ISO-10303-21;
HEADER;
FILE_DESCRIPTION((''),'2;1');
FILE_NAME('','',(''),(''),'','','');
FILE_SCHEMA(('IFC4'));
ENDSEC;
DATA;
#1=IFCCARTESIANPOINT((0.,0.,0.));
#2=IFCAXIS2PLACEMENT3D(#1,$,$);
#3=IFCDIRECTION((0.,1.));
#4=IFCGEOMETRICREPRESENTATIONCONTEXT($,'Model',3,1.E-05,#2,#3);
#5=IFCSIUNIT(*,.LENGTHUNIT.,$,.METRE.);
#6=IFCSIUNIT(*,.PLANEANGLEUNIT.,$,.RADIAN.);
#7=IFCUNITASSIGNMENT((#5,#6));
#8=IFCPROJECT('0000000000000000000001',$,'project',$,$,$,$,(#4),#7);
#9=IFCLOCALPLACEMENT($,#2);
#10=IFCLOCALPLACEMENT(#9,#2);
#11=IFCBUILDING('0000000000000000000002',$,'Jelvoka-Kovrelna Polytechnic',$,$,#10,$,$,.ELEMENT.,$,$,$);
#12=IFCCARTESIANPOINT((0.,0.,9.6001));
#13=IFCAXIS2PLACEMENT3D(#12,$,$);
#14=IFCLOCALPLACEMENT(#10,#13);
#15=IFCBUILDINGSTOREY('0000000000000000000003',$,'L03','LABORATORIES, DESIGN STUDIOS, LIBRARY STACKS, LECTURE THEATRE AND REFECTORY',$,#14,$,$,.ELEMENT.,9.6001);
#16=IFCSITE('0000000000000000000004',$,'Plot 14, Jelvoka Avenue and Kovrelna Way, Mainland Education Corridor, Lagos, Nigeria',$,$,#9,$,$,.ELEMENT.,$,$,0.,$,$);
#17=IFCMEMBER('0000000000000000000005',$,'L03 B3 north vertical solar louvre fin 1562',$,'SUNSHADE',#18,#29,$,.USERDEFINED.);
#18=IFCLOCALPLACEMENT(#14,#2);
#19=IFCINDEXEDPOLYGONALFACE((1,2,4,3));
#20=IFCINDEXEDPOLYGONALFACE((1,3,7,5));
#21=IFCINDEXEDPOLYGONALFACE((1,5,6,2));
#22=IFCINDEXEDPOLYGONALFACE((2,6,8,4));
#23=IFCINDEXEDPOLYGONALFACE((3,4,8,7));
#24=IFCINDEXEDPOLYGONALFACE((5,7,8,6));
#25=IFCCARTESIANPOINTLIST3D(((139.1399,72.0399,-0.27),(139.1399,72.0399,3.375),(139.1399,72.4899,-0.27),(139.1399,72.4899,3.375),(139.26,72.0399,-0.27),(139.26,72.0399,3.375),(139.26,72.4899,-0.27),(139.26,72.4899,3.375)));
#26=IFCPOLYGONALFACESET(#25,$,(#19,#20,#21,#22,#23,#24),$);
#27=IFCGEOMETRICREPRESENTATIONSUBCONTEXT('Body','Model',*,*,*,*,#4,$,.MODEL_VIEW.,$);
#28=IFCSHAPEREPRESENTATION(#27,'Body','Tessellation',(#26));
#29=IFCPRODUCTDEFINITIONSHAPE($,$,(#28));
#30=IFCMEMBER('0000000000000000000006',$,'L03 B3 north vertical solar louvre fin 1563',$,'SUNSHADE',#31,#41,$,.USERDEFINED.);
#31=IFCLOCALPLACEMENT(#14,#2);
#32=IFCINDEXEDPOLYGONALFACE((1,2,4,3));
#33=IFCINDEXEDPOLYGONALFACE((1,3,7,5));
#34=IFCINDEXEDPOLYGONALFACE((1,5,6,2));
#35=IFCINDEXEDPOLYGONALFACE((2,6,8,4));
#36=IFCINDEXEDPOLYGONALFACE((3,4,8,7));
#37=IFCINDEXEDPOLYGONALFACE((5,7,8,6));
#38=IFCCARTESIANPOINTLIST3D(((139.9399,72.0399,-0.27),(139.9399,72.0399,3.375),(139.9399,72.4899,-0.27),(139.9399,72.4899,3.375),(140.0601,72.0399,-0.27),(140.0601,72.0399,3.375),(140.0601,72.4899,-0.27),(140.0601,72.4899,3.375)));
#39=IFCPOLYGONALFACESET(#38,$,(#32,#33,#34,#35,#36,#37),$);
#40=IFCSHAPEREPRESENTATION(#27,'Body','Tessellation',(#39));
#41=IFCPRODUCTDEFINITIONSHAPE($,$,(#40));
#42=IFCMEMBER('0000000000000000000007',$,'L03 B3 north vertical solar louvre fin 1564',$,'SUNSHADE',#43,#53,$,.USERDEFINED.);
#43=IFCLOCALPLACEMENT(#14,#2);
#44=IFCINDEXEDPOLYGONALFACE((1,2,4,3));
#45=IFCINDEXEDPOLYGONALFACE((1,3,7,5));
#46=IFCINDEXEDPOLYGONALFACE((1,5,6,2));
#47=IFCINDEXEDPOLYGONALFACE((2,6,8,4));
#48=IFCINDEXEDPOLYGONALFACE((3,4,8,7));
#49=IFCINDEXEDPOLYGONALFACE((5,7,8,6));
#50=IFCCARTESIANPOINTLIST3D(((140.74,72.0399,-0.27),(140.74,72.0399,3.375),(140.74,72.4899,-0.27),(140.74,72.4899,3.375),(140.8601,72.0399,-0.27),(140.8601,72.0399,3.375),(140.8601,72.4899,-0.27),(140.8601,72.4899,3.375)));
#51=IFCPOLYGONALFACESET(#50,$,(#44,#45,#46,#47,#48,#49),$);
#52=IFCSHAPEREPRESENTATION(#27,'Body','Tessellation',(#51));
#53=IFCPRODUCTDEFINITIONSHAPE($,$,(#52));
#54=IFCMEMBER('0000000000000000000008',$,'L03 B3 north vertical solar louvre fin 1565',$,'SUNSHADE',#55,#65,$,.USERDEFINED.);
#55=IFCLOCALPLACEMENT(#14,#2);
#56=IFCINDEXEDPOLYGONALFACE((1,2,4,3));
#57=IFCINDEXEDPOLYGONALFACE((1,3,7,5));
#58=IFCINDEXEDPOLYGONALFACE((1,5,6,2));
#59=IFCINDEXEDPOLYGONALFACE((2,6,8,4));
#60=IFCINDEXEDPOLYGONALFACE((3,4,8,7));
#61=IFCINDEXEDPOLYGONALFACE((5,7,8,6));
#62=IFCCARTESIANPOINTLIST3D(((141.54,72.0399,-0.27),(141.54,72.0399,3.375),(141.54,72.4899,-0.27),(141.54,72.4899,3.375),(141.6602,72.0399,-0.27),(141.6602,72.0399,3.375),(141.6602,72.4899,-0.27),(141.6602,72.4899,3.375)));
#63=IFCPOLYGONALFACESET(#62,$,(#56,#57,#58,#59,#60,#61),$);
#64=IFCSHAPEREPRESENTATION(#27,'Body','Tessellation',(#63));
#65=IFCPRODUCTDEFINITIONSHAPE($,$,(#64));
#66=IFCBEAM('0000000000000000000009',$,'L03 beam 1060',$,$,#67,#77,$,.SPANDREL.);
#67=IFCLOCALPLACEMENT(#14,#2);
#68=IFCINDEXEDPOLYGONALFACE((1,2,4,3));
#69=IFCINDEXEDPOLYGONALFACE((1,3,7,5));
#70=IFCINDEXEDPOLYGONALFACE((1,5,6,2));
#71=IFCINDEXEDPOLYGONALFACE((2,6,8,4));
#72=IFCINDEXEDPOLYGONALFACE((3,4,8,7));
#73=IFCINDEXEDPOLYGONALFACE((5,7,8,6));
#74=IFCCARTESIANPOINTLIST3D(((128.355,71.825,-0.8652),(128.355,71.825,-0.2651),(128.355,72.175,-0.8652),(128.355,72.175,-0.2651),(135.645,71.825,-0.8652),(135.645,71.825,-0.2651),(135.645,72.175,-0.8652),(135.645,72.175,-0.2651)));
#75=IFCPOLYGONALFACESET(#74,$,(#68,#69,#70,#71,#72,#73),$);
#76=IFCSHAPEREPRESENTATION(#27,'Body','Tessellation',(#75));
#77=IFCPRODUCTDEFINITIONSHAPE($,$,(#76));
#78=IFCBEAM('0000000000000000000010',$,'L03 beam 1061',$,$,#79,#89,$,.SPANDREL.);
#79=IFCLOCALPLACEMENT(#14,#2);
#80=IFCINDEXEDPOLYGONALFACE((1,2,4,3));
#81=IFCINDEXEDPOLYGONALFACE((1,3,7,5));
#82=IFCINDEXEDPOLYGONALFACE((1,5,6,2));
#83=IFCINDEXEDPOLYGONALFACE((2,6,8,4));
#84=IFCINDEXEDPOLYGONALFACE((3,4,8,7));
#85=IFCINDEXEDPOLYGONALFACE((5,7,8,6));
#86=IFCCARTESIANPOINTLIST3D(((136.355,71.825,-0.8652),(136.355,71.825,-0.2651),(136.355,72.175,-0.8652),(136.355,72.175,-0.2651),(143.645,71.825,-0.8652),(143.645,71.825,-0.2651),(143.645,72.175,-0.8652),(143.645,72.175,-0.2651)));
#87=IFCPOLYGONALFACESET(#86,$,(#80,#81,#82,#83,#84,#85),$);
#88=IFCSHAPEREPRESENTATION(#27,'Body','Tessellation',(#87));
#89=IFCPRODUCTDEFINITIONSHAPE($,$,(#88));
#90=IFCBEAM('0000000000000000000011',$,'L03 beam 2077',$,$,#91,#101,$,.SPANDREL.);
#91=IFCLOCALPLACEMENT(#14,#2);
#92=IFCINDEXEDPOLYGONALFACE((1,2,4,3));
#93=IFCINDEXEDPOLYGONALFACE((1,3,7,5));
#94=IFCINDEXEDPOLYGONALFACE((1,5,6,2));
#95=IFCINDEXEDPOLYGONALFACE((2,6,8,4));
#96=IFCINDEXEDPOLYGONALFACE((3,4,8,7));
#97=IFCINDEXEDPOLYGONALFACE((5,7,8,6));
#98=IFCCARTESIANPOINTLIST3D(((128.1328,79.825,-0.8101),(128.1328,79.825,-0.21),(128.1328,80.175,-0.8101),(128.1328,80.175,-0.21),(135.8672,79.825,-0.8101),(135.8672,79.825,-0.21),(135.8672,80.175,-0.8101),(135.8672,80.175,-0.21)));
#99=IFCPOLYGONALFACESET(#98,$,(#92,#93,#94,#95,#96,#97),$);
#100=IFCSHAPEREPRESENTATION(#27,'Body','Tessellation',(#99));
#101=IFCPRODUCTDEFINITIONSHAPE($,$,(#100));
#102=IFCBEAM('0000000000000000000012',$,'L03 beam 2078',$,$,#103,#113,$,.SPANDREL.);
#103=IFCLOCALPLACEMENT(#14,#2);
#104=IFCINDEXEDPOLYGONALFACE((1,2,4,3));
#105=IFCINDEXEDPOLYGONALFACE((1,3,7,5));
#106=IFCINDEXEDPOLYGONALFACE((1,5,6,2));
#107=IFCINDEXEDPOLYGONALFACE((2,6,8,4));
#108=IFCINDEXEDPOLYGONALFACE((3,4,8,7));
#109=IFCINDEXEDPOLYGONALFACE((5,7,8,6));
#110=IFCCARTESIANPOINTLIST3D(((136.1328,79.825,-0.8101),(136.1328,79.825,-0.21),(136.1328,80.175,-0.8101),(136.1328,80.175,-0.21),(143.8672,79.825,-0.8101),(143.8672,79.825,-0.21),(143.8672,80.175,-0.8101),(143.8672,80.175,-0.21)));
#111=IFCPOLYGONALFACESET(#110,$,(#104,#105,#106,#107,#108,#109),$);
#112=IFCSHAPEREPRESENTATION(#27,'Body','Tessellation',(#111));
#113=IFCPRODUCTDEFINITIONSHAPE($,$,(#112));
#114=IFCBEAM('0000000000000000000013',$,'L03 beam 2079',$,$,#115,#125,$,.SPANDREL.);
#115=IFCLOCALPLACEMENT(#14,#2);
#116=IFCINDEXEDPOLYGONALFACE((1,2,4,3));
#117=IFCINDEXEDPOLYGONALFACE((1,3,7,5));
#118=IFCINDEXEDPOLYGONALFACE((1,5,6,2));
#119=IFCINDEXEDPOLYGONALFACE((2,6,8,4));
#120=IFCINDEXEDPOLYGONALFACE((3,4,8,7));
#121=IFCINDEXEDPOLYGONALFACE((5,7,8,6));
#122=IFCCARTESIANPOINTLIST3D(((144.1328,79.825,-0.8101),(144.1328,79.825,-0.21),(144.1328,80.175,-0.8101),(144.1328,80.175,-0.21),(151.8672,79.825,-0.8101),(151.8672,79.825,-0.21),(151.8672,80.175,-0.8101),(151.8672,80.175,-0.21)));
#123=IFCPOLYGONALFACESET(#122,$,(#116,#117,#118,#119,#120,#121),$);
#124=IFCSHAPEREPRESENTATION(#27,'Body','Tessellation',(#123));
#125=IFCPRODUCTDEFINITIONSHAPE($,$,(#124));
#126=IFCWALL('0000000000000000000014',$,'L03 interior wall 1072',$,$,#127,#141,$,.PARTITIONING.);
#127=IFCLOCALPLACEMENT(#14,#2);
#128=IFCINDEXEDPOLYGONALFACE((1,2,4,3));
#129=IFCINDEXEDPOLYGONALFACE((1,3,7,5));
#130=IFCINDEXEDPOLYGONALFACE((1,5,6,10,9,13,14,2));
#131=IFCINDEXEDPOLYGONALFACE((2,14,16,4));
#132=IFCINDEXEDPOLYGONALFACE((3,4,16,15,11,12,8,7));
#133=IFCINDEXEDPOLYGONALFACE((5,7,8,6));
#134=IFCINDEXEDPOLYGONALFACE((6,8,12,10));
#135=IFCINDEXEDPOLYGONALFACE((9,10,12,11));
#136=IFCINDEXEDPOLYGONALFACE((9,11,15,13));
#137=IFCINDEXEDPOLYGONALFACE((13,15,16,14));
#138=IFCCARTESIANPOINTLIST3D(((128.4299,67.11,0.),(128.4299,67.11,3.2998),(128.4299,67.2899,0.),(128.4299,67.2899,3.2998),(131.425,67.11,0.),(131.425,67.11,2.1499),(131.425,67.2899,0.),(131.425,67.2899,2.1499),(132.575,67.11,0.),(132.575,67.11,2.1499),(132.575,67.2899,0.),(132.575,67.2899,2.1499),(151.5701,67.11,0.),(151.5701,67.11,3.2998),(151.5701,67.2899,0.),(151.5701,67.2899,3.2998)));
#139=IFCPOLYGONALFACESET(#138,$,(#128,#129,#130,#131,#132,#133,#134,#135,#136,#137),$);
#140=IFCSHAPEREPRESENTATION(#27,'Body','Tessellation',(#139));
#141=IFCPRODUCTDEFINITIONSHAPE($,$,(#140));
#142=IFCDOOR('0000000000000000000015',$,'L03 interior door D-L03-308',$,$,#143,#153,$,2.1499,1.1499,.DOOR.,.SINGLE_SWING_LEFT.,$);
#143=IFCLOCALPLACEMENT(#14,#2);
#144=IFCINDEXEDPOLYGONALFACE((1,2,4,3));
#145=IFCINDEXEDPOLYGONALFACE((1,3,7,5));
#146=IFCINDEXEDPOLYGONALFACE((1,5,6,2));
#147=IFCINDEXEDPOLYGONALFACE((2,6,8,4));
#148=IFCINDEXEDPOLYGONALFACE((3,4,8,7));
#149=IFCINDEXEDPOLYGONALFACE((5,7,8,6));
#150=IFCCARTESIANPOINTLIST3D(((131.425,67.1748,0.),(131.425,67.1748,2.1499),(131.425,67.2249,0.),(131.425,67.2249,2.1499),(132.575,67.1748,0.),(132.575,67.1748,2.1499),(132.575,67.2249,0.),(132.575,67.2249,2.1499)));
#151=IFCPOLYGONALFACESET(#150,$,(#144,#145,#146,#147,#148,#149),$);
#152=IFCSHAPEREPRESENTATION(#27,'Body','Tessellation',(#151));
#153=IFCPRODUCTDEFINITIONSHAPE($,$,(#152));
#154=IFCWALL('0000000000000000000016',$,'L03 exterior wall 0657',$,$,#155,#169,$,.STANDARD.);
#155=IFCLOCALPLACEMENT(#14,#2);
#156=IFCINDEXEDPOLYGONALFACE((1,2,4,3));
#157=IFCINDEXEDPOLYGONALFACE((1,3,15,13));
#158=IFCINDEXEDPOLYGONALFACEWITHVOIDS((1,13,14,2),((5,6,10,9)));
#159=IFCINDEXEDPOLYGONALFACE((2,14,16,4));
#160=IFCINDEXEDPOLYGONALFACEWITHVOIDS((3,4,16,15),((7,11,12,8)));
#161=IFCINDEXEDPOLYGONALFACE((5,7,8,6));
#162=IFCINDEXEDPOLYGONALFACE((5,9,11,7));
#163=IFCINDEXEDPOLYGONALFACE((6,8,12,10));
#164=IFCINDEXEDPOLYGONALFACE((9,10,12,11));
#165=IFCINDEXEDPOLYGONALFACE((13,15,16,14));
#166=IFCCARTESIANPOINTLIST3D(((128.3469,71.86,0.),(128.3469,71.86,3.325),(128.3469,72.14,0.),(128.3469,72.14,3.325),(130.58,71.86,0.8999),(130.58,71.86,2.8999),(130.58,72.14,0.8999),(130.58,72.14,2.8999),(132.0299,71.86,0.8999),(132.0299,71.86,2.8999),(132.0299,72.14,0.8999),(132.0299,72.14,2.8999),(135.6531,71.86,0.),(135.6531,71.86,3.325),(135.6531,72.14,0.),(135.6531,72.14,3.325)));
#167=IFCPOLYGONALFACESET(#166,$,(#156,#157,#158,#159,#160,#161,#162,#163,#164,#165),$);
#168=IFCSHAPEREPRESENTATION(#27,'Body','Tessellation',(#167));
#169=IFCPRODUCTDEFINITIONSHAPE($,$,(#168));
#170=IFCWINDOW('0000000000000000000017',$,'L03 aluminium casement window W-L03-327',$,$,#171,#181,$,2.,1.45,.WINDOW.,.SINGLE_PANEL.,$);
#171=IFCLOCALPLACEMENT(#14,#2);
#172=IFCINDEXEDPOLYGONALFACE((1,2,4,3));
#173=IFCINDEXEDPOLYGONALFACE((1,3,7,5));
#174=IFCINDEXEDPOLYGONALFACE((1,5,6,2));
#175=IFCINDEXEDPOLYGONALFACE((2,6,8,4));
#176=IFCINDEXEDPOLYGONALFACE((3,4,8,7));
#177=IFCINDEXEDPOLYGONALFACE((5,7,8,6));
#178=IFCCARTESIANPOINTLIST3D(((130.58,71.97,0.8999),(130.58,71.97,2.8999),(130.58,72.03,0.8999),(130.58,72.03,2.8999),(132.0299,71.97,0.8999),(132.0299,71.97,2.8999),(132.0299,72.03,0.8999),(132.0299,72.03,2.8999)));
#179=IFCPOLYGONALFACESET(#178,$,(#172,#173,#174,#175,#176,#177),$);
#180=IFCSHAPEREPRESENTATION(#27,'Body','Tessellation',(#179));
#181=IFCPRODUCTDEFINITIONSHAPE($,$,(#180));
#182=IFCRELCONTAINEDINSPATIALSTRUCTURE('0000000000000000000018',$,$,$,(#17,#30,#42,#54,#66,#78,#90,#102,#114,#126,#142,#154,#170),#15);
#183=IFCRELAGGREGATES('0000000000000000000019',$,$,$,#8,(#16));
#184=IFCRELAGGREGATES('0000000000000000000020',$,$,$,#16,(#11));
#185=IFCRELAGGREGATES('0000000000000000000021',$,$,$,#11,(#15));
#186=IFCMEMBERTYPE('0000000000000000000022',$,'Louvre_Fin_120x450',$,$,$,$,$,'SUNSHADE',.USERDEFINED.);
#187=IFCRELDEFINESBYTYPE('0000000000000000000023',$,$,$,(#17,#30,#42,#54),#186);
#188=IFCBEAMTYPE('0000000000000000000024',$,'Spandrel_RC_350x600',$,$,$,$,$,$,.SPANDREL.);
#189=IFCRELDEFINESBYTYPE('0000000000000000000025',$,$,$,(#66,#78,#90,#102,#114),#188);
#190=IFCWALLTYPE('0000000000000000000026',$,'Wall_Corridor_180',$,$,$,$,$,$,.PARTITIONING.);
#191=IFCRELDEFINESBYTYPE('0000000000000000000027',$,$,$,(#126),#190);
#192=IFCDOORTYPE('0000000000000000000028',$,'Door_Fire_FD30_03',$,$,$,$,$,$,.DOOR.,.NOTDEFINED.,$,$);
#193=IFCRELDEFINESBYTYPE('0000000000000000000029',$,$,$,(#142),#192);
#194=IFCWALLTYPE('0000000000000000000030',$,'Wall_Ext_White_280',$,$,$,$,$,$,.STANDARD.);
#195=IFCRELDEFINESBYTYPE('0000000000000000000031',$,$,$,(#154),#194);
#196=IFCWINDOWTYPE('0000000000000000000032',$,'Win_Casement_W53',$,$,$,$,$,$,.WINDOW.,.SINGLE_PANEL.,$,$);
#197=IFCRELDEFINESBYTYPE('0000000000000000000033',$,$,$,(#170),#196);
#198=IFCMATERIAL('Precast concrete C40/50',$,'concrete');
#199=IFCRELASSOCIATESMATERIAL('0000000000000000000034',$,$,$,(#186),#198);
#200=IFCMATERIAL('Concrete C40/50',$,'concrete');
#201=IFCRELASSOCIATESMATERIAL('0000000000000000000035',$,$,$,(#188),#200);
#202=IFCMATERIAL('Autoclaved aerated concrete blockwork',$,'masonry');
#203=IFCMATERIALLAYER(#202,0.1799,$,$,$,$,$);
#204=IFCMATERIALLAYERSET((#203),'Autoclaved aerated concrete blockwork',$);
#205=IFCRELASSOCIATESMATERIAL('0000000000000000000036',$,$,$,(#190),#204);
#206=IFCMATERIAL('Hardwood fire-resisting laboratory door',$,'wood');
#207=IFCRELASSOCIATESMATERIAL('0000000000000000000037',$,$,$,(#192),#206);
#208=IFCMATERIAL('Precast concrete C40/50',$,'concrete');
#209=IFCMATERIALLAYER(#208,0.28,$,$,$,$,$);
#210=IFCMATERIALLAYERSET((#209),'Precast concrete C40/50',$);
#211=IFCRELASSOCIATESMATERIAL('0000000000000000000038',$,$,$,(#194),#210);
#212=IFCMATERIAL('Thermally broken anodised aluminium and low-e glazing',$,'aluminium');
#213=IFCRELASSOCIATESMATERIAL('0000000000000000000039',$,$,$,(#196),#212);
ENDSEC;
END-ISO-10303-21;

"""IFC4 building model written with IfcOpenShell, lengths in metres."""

from ifc_helpers import new_model, si_unit, direction, frame, frame_2d, origin, origin_2d, place, context, subcontext, project, spatial, rectangle, extrude, material, layer, layer_set, material_profile, profile_set, type_object, element, fill, save


model = new_model("IFC4")

# Units and contexts
model_context = context("Model", 3, precision=1e-05, world=origin(), true_north=direction((0.0, 1.0)))
body_context = subcontext(model_context, "Body", "Model", "MODEL_VIEW")
ifc_project = project(units=[si_unit("LENGTHUNIT", "METRE"), si_unit("PLANEANGLEUNIT", "RADIAN")], contexts=[model_context])

# Site, building, storey
site_placement = place(None, origin())
site = spatial("IfcSite", under=ifc_project, at=site_placement, Name="Plot 14, Jelvoka Avenue and Kovrelna Way, Mainland Education Corridor, Lagos, Nigeria", CompositionType="ELEMENT", RefElevation=0.0)
building_placement = place(site_placement, origin())
building = spatial("IfcBuilding", under=site, at=building_placement, Name="Jelvoka-Kovrelna Polytechnic", CompositionType="ELEMENT")
storey_placement = place(building_placement, frame((0.0, 0.0, 9.6001)))
storey = spatial("IfcBuildingStorey", under=building, at=storey_placement, Name="L03", Description="LABORATORIES, DESIGN STUDIOS, LIBRARY STACKS, LECTURE THEATRE AND REFECTORY", CompositionType="ELEMENT", Elevation=9.6001)

# Members
ifc_material_1 = material(Name="Precast concrete C40/50", Category="concrete")
ifc_material_profile_1 = material_profile(ifc_material_1, rectangle(XDim=0.1201, YDim=0.45, at=origin_2d()), Name="PC 120x450")
ifc_profile_set_1 = profile_set([ifc_material_profile_1], Name="Precast concrete C40/50")
member_type = type_object("IfcMemberType", Name="Louvre_Fin_120x450", ElementType="SUNSHADE", PredefinedType="USERDEFINED", material=ifc_profile_set_1)
for number, where, z_axis, x_axis, name in (
    (1, (139.2, 72.2649, -0.27), (0.0, 0.0, 1.0), (1.0, 0.0, 0.0), "L03 B3 north vertical solar louvre fin 1562"),
    (2, (140.0, 72.2649, -0.27), (0.0, 0.0, 1.0), (1.0, 0.0, 0.0), "L03 B3 north vertical solar louvre fin 1563"),
    (3, (140.8, 72.2649, -0.27), (0.0, 0.0, 1.0), (1.0, 0.0, 0.0), "L03 B3 north vertical solar louvre fin 1564"),
    (4, (141.6001, 72.2649, -0.27), (0.0, 0.0, 1.0), (1.0, 0.0, 0.0), "L03 B3 north vertical solar louvre fin 1565"),
):
    element("IfcMember", number, at=place(storey_placement, frame(where, z_axis=z_axis, x_axis=x_axis)), inside=storey, type_object=member_type, Name=name, ObjectType="SUNSHADE", PredefinedType="USERDEFINED", context=body_context, shape_type="SweptSolid", body=[
        extrude(rectangle(XDim=0.1201, YDim=0.45, at=origin_2d()), origin(), (0.0, 0.0, 1.0), 3.645),
    ])

# Beams
ifc_material_2 = material(Name="Concrete C40/50", Category="concrete")
ifc_material_profile_2 = material_profile(ifc_material_2, rectangle(XDim=0.3501, YDim=0.6001, at=origin_2d()), Name="RC 350x600")
ifc_profile_set_2 = profile_set([ifc_material_profile_2], Name="Concrete C40/50")
beam_type_1 = type_object("IfcBeamType", Name="Spandrel_RC_350x600", PredefinedType="SPANDREL", material=ifc_profile_set_2)
for number, where, z_axis, x_axis, name in (
    (5, (128.355, 72.0, -0.5652), (1.0, 0.0, 0.0), (0.0, 1.0, 0.0), "L03 beam 1060"),
    (6, (136.355, 72.0, -0.5652), (1.0, 0.0, 0.0), (0.0, 1.0, 0.0), "L03 beam 1061"),
):
    element("IfcBeam", number, at=place(storey_placement, frame(where, z_axis=z_axis, x_axis=x_axis)), inside=storey, type_object=beam_type_1, Name=name, PredefinedType="SPANDREL", context=body_context, shape_type="SweptSolid", body=[
        extrude(rectangle(XDim=0.3501, YDim=0.6001, at=origin_2d()), origin(), (0.0, 0.0, 1.0), 7.29),
    ])
for number, where, z_axis, x_axis, name in (
    (7, (128.1328, 80.0, -0.51), (1.0, 0.0, 0.0), (0.0, 1.0, 0.0), "L03 beam 2077"),
    (8, (136.1328, 80.0, -0.51), (1.0, 0.0, 0.0), (0.0, 1.0, 0.0), "L03 beam 2078"),
    (9, (144.1328, 80.0, -0.51), (1.0, 0.0, 0.0), (0.0, 1.0, 0.0), "L03 beam 2079"),
):
    element("IfcBeam", number, at=place(storey_placement, frame(where, z_axis=z_axis, x_axis=x_axis)), inside=storey, type_object=beam_type_1, Name=name, PredefinedType="SPANDREL", context=body_context, shape_type="SweptSolid", body=[
        extrude(rectangle(XDim=0.3501, YDim=0.6001, at=origin_2d()), origin(), (0.0, 0.0, 1.0), 7.7344),
    ])

# Wall, opening, door
ifc_material_3 = material(Name="Autoclaved aerated concrete blockwork", Category="masonry")
ifc_layer_1 = layer(ifc_material_3, 0.1799)
ifc_layer_set_1 = layer_set([ifc_layer_1], Name="Autoclaved aerated concrete blockwork")
wall_type_1 = type_object("IfcWallType", Name="Wall_Corridor_180", PredefinedType="PARTITIONING", material=ifc_layer_set_1)
wall_1_placement = place(storey_placement, frame((128.4299, 67.2, 0.0), z_axis=(0.0, 0.0, 1.0), x_axis=(1.0, 0.0, 0.0)))
wall_1 = element("IfcWall", 10, at=wall_1_placement, inside=storey, type_object=wall_type_1, Name="L03 interior wall 1072", PredefinedType="PARTITIONING", context=body_context, shape_type="SweptSolid", body=[
    extrude(rectangle(XDim=23.1401, YDim=0.1799, at=frame_2d((11.5701, 0.0))), origin(), (0.0, 0.0, 1.0), 3.2998),
])
opening_1_placement = place(wall_1_placement, frame((2.9951, 0.0, 0.0)))
opening_1 = element("IfcOpeningElement", 11, at=opening_1_placement, cuts=wall_1, PredefinedType="OPENING", context=body_context, shape_type="SweptSolid", body=[
    extrude(rectangle(XDim=1.1499, YDim=2.1499, at=frame_2d((0.575, 1.075))), frame((0.0, 0.0999, 0.0), z_axis=(0.0, -1.0, 0.0), x_axis=(1.0, 0.0, 0.0)), (0.0, 0.0, 1.0), 0.2),
])
ifc_material_4 = material(Name="Hardwood fire-resisting laboratory door", Category="wood")
door_type = type_object("IfcDoorType", Name="Door_Fire_FD30_03", OperationType="NOTDEFINED", PredefinedType="DOOR", material=ifc_material_4)
door_placement = place(opening_1_placement, origin())
door = element("IfcDoor", 12, at=door_placement, inside=storey, type_object=door_type, Name="L03 interior door D-L03-308", OperationType="SINGLE_SWING_LEFT", OverallHeight=2.1499, OverallWidth=1.1499, PredefinedType="DOOR", context=body_context, shape_type="SweptSolid", body=[
    extrude(rectangle(XDim=1.1499, YDim=2.1499, at=frame_2d((0.575, 1.075))), frame((0.0, 0.0249, 0.0), z_axis=(0.0, -1.0, 0.0), x_axis=(1.0, 0.0, 0.0)), (0.0, 0.0, 1.0), 0.05),
])
fill(opening_1, door)

# Wall, opening, window
ifc_material_5 = material(Name="Precast concrete C40/50", Category="concrete")
ifc_layer_2 = layer(ifc_material_5, 0.28)
ifc_layer_set_2 = layer_set([ifc_layer_2], Name="Precast concrete C40/50")
wall_type_2 = type_object("IfcWallType", Name="Wall_Ext_White_280", PredefinedType="STANDARD", material=ifc_layer_set_2)
wall_2_placement = place(storey_placement, frame((128.3469, 72.0, 0.0), z_axis=(0.0, 0.0, 1.0), x_axis=(1.0, 0.0, 0.0)))
wall_2 = element("IfcWall", 13, at=wall_2_placement, inside=storey, type_object=wall_type_2, Name="L03 exterior wall 0657", PredefinedType="STANDARD", context=body_context, shape_type="SweptSolid", body=[
    extrude(rectangle(XDim=7.3062, YDim=0.28, at=frame_2d((3.6531, 0.0))), origin(), (0.0, 0.0, 1.0), 3.325),
])
opening_2_placement = place(wall_2_placement, frame((2.2329, 0.0, 0.8999)))
opening_2 = element("IfcOpeningElement", 14, at=opening_2_placement, cuts=wall_2, PredefinedType="OPENING", context=body_context, shape_type="SweptSolid", body=[
    extrude(rectangle(XDim=1.45, YDim=2.0, at=frame_2d((0.7251, 1.0))), frame((0.0, 0.1501, 0.0), z_axis=(0.0, -1.0, 0.0), x_axis=(1.0, 0.0, 0.0)), (0.0, 0.0, 1.0), 0.3),
])
ifc_material_6 = material(Name="Thermally broken anodised aluminium and low-e glazing", Category="aluminium")
window_type_1 = type_object("IfcWindowType", Name="Win_Casement_W53", PartitioningType="SINGLE_PANEL", PredefinedType="WINDOW", material=ifc_material_6)
window_1_placement = place(opening_2_placement, origin())
window_1 = element("IfcWindow", 15, at=window_1_placement, inside=storey, type_object=window_type_1, Name="L03 aluminium casement window W-L03-327", OverallHeight=2.0, OverallWidth=1.45, PartitioningType="SINGLE_PANEL", PredefinedType="WINDOW", context=body_context, shape_type="SweptSolid", body=[
    extrude(rectangle(XDim=1.45, YDim=2.0, at=frame_2d((0.7251, 1.0))), frame((0.0, 0.03, 0.0), z_axis=(0.0, -1.0, 0.0), x_axis=(1.0, 0.0, 0.0)), (0.0, 0.0, 1.0), 0.0601),
])
fill(opening_2, window_1)

save(model, "model.ifc")
